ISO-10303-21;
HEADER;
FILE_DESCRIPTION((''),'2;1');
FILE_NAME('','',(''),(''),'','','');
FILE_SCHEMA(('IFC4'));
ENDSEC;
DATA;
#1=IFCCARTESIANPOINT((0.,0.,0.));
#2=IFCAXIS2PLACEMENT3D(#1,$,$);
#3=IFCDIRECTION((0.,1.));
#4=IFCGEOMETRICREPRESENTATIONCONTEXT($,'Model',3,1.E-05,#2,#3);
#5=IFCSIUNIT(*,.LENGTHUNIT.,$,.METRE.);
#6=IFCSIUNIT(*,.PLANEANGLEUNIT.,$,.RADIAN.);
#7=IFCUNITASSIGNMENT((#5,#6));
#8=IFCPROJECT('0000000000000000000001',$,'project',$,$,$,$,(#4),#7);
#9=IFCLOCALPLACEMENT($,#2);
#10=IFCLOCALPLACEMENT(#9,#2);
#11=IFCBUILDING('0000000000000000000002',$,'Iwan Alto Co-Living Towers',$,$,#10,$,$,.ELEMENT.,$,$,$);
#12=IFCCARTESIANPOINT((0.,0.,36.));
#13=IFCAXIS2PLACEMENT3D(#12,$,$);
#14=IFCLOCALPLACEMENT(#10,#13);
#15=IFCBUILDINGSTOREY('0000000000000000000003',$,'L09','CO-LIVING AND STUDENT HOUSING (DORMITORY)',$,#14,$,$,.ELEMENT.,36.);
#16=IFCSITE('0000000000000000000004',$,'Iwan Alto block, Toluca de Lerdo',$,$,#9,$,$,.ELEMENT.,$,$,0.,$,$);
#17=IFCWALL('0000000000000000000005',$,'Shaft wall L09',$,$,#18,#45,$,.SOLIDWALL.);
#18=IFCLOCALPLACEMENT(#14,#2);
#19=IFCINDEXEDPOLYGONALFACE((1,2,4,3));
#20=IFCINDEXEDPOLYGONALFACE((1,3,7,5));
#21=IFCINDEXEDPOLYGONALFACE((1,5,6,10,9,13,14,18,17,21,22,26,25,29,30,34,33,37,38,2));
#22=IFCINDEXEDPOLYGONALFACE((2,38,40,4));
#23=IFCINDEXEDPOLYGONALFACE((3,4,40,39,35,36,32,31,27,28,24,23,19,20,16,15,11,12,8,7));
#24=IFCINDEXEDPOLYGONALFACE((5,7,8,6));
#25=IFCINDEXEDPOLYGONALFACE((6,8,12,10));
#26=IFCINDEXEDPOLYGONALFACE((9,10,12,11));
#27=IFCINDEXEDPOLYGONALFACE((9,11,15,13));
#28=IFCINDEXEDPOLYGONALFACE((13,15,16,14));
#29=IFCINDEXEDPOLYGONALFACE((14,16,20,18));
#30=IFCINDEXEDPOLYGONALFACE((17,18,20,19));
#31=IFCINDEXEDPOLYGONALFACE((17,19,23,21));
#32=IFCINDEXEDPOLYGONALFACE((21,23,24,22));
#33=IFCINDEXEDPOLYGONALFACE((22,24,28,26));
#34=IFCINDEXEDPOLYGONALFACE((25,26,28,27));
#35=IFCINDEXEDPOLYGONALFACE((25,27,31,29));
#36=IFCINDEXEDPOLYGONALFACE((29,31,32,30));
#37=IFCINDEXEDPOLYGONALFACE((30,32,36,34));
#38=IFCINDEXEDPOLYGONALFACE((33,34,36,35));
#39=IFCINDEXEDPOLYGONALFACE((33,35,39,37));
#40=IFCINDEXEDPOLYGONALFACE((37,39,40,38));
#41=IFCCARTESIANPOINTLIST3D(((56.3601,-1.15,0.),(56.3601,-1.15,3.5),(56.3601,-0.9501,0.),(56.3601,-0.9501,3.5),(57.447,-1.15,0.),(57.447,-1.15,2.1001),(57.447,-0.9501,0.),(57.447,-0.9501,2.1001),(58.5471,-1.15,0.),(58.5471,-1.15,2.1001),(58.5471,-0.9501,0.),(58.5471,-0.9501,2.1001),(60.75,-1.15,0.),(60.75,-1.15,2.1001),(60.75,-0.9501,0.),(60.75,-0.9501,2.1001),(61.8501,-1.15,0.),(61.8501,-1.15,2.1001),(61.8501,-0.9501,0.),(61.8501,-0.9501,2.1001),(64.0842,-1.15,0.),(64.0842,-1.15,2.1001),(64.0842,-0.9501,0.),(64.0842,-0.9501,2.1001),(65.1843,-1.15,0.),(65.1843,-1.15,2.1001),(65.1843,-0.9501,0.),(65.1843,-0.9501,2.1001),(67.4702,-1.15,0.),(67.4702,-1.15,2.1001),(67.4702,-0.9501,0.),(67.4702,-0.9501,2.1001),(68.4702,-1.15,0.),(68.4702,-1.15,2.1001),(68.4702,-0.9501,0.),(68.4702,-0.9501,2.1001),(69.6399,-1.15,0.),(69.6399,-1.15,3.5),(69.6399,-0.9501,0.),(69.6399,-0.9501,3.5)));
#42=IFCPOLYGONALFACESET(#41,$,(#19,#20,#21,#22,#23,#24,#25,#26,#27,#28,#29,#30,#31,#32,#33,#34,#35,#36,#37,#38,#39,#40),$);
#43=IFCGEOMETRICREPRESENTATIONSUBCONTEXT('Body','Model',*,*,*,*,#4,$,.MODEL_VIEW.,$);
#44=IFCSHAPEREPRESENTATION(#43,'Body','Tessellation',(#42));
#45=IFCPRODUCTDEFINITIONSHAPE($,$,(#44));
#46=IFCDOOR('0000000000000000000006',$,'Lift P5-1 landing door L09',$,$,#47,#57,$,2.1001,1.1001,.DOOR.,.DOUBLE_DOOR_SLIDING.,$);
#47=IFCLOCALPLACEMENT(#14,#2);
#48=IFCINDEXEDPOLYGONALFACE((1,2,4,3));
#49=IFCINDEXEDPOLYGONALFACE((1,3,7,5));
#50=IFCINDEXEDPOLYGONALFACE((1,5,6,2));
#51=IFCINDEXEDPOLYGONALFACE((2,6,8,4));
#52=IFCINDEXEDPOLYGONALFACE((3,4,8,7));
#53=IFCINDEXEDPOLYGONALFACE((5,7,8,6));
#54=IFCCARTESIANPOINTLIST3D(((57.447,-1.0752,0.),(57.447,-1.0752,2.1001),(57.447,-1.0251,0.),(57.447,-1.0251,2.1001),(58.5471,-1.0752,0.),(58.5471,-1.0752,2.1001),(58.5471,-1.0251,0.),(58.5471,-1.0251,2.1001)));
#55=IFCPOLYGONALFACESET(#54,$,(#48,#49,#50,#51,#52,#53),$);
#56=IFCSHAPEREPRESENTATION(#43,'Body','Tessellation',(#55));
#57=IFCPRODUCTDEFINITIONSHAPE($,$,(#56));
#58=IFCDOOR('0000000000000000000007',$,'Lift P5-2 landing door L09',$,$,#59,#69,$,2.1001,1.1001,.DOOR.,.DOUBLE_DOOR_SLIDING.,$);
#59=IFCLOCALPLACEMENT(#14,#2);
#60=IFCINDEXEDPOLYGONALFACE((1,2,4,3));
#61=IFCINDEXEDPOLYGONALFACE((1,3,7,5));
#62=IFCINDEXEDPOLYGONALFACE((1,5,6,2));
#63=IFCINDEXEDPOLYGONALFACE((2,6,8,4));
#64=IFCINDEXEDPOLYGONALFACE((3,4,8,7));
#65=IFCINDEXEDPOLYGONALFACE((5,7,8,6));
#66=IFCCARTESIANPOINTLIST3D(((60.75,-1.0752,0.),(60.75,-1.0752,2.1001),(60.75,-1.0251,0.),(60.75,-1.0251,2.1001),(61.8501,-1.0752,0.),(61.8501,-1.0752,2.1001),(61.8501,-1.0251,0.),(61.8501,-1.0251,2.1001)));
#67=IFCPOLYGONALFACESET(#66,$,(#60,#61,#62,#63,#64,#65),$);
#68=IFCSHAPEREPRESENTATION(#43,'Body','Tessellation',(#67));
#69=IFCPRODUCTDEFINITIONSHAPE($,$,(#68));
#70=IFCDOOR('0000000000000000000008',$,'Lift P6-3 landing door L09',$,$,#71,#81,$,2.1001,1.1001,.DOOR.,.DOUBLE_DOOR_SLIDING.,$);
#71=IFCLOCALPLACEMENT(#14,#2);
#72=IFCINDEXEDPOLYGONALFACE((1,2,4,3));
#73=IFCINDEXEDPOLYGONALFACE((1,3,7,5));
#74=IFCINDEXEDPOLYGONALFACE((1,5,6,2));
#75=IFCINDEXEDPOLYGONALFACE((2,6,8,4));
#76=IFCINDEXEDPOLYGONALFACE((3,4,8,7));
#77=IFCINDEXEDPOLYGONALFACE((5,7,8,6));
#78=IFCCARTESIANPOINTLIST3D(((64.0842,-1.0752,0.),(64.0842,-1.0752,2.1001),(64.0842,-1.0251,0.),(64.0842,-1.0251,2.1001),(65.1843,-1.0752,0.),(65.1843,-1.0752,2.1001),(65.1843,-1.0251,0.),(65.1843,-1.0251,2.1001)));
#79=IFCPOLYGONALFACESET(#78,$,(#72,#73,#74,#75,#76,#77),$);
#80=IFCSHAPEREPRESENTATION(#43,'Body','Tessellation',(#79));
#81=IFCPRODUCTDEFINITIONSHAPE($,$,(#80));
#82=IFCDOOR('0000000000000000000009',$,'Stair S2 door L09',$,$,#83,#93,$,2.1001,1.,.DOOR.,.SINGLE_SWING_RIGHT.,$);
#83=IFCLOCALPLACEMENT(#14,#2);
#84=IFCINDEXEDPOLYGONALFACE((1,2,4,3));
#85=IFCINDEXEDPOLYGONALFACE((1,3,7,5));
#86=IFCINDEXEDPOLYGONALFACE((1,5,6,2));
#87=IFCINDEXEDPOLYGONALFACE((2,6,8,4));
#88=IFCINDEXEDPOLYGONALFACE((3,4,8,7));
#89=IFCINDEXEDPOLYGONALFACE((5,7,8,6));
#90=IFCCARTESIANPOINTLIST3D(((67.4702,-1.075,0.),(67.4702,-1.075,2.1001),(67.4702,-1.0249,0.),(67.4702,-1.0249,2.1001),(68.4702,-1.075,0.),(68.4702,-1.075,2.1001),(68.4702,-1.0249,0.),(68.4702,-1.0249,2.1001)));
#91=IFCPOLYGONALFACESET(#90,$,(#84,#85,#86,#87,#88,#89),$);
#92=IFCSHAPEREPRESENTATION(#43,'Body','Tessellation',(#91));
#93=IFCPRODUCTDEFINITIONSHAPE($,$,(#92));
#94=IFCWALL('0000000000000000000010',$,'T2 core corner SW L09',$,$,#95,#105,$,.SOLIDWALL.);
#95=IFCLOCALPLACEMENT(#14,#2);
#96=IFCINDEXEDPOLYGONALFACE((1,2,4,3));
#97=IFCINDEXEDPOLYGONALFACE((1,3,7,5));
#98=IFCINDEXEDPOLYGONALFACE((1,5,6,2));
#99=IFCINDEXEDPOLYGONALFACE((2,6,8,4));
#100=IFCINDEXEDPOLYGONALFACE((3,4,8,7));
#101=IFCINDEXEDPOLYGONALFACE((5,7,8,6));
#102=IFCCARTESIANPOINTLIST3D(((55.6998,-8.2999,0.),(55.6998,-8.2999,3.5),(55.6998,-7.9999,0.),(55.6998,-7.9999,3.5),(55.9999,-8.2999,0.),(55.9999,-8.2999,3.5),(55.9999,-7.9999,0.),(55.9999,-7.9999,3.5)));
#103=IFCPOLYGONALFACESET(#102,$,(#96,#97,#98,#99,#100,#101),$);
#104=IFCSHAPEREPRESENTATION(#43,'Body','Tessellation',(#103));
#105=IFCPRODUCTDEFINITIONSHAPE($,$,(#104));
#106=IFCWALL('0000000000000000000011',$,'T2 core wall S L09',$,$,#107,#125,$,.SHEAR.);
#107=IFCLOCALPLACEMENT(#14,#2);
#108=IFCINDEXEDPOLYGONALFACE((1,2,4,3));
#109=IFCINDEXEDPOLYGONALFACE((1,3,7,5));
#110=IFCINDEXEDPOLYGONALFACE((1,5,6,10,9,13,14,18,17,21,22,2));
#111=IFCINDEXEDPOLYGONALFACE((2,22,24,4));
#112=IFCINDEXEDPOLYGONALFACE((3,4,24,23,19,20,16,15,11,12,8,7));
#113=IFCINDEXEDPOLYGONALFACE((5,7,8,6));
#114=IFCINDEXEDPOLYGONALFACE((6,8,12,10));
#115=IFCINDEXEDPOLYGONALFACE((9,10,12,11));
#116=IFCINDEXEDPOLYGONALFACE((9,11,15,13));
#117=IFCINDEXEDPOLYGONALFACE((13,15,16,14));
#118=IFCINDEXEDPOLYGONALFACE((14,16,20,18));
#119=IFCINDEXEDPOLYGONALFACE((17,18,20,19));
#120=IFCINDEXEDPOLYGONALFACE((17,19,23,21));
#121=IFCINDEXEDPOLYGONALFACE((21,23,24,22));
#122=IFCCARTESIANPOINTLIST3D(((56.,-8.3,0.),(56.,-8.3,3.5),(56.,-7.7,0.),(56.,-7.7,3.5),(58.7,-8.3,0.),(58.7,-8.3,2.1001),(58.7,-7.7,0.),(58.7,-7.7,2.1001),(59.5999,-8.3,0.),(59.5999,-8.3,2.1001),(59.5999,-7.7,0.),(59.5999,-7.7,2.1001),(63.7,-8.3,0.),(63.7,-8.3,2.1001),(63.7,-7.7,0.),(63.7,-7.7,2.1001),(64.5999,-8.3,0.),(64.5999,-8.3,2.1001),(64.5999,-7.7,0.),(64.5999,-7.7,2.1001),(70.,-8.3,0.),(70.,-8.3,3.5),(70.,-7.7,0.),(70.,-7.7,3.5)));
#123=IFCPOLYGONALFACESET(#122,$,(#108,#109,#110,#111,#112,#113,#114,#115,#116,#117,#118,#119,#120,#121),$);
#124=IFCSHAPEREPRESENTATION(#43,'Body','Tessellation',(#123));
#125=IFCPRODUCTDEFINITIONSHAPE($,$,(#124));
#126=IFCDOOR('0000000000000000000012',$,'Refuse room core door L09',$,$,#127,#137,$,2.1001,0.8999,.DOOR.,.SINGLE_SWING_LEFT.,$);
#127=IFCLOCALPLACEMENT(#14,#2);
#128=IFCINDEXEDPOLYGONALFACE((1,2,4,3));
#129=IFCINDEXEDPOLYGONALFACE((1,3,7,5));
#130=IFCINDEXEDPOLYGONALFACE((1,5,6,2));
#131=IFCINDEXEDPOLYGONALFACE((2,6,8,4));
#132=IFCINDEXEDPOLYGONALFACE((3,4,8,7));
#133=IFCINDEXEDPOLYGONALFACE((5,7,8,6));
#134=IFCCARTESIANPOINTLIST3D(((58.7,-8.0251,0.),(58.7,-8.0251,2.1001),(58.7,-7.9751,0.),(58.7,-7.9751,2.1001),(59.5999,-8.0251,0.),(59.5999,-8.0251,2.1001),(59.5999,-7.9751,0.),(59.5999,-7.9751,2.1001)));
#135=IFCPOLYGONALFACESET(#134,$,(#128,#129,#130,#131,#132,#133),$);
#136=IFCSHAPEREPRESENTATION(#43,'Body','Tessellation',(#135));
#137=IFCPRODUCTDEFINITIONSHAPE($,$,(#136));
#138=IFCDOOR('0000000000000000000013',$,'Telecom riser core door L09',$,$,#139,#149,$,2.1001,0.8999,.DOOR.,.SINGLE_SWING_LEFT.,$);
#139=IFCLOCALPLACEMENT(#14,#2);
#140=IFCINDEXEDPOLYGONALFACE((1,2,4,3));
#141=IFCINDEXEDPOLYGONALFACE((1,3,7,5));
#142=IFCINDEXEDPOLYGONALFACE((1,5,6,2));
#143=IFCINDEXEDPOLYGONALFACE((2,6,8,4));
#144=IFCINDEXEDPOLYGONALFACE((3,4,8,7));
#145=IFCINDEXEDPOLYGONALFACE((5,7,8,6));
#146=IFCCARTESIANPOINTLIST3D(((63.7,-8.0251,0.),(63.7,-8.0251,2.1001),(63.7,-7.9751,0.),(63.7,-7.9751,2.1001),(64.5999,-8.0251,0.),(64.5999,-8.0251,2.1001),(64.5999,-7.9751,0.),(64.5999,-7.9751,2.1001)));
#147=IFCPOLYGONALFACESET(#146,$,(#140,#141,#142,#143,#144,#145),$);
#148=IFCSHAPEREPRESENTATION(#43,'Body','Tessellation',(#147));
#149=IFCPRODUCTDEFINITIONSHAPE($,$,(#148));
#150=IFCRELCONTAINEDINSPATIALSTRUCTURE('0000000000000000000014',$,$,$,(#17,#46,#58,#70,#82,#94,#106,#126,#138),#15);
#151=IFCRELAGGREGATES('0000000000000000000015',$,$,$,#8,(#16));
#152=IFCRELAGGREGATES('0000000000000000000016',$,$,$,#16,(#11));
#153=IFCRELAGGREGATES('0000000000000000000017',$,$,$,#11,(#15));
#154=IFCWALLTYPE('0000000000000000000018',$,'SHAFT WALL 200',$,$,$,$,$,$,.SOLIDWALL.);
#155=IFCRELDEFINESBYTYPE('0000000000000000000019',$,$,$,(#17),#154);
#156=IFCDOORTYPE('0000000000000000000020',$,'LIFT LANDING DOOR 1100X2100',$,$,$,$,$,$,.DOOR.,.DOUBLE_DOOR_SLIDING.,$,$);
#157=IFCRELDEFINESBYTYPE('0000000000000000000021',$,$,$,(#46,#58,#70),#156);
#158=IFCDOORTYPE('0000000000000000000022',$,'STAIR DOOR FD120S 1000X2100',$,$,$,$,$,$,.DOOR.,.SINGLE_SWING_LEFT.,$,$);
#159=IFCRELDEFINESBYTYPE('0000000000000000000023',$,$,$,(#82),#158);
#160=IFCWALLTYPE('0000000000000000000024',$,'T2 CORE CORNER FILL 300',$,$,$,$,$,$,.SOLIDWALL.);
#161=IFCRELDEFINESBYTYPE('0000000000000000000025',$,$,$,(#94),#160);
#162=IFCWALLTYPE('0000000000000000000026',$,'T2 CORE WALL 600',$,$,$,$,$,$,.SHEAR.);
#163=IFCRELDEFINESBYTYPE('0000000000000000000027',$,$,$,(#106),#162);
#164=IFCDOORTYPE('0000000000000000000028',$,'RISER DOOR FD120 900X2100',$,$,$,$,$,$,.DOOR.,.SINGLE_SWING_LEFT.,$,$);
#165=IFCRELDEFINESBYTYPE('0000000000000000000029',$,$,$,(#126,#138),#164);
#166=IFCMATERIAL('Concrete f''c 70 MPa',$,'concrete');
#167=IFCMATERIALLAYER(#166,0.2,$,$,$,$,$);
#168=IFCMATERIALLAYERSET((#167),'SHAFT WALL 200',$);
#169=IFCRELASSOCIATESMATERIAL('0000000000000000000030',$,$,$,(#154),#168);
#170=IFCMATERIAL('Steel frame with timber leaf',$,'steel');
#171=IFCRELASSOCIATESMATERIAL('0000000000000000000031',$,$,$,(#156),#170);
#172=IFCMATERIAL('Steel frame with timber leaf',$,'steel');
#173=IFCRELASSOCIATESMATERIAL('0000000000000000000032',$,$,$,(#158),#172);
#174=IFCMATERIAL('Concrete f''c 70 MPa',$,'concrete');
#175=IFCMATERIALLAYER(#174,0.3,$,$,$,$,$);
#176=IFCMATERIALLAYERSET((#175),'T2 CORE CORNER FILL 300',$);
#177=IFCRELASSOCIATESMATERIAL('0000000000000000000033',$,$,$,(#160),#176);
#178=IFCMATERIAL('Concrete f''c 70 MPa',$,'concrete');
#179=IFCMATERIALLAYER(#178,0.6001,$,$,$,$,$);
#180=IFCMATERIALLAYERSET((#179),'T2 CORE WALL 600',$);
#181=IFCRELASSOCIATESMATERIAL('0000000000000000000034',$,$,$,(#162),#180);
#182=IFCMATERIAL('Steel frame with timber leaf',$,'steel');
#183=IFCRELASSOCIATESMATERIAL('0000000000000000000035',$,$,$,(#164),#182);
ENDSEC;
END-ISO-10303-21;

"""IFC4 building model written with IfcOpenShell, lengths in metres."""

from ifc_helpers import new_model, si_unit, direction, frame, frame_2d, origin, place, context, subcontext, project, spatial, rectangle, extrude, material, layer, layer_set, type_object, element, fill, save


model = new_model("IFC4")

# Units and contexts
model_context = context("Model", 3, precision=1e-05, world=origin(), true_north=direction((0.0, 1.0)))
body_context = subcontext(model_context, "Body", "Model", "MODEL_VIEW")
ifc_project = project(units=[si_unit("LENGTHUNIT", "METRE"), si_unit("PLANEANGLEUNIT", "RADIAN")], contexts=[model_context])

# Site, building, storey
site_placement = place(None, origin())
site = spatial("IfcSite", under=ifc_project, at=site_placement, Name="Iwan Alto block, Toluca de Lerdo", CompositionType="ELEMENT", RefElevation=0.0)
building_placement = place(site_placement, origin())
building = spatial("IfcBuilding", under=site, at=building_placement, Name="Iwan Alto Co-Living Towers", CompositionType="ELEMENT")
storey_placement = place(building_placement, frame((0.0, 0.0, 36.0)))
storey = spatial("IfcBuildingStorey", under=building, at=storey_placement, Name="L09", Description="CO-LIVING AND STUDENT HOUSING (DORMITORY)", CompositionType="ELEMENT", Elevation=36.0)

# Shared definitions
ifc_material_1 = material(Name="Concrete f'c 70 MPa", Category="concrete")
ifc_layer_1 = layer(ifc_material_1, 0.2)
ifc_layer_set_1 = layer_set([ifc_layer_1], Name="SHAFT WALL 200")
wall_type_1 = type_object("IfcWallType", Name="SHAFT WALL 200", PredefinedType="SOLIDWALL", material=ifc_layer_set_1)

# Wall, openings, doors
wall_1_placement = place(storey_placement, frame((56.3601, -1.05, 0.0), z_axis=(0.0, 0.0, 1.0), x_axis=(1.0, 0.0, 0.0)))
wall_1 = element("IfcWall", 1, at=wall_1_placement, inside=storey, type_object=wall_type_1, Name="Shaft wall L09", PredefinedType="SOLIDWALL", context=body_context, shape_type="SweptSolid", body=[
    extrude(rectangle(XDim=13.2798, YDim=0.2, at=frame_2d((6.6399, 0.0))), origin(), (0.0, 0.0, 1.0), 3.5),
])
opening_1_placement = place(wall_1_placement, frame((11.1101, 0.0, 0.0)))
opening_1 = element("IfcOpeningElement", 2, at=opening_1_placement, cuts=wall_1, PredefinedType="OPENING", context=body_context, shape_type="SweptSolid", body=[
    extrude(rectangle(XDim=1.0, YDim=2.1001, at=frame_2d((0.5, 1.05))), frame((0.0, 0.1099, 0.0), z_axis=(0.0, -1.0, 0.0), x_axis=(1.0, 0.0, 0.0)), (0.0, 0.0, 1.0), 0.22),
])
opening_2_placement = place(wall_1_placement, frame((1.0869, 0.0, 0.0)))
opening_2 = element("IfcOpeningElement", 3, at=opening_2_placement, cuts=wall_1, PredefinedType="OPENING", context=body_context, shape_type="SweptSolid", body=[
    extrude(rectangle(XDim=1.1001, YDim=2.1001, at=frame_2d((0.55, 1.05))), frame((0.0, 0.1099, 0.0), z_axis=(0.0, -1.0, 0.0), x_axis=(1.0, 0.0, 0.0)), (0.0, 0.0, 1.0), 0.22),
])
opening_3_placement = place(wall_1_placement, frame((4.3899, 0.0, 0.0)))
opening_3 = element("IfcOpeningElement", 4, at=opening_3_placement, cuts=wall_1, PredefinedType="OPENING", context=body_context, shape_type="SweptSolid", body=[
    extrude(rectangle(XDim=1.1001, YDim=2.1001, at=frame_2d((0.55, 1.05))), frame((0.0, 0.1099, 0.0), z_axis=(0.0, -1.0, 0.0), x_axis=(1.0, 0.0, 0.0)), (0.0, 0.0, 1.0), 0.22),
])
opening_4_placement = place(wall_1_placement, frame((7.7241, 0.0, 0.0)))
opening_4 = element("IfcOpeningElement", 5, at=opening_4_placement, cuts=wall_1, PredefinedType="OPENING", context=body_context, shape_type="SweptSolid", body=[
    extrude(rectangle(XDim=1.1001, YDim=2.1001, at=frame_2d((0.55, 1.05))), frame((0.0, 0.1099, 0.0), z_axis=(0.0, -1.0, 0.0), x_axis=(1.0, 0.0, 0.0)), (0.0, 0.0, 1.0), 0.22),
])
ifc_material_2 = material(Name="Steel frame with timber leaf", Category="steel")
door_type_1 = type_object("IfcDoorType", Name="LIFT LANDING DOOR 1100X2100", OperationType="DOUBLE_DOOR_SLIDING", PredefinedType="DOOR", material=ifc_material_2)
door_1_placement = place(opening_2_placement, origin())
door_1 = element("IfcDoor", 6, at=door_1_placement, inside=storey, type_object=door_type_1, Name="Lift P5-1 landing door L09", OperationType="DOUBLE_DOOR_SLIDING", OverallHeight=2.1001, OverallWidth=1.1001, PredefinedType="DOOR", context=body_context, shape_type="SweptSolid", body=[
    extrude(rectangle(XDim=1.1001, YDim=2.1001, at=frame_2d((0.55, 1.05))), frame((0.0, 0.0249, 0.0), z_axis=(0.0, -1.0, 0.0), x_axis=(1.0, 0.0, 0.0)), (0.0, 0.0, 1.0), 0.05),
])
fill(opening_2, door_1)
door_2_placement = place(opening_3_placement, origin())
door_2 = element("IfcDoor", 7, at=door_2_placement, inside=storey, type_object=door_type_1, Name="Lift P5-2 landing door L09", OperationType="DOUBLE_DOOR_SLIDING", OverallHeight=2.1001, OverallWidth=1.1001, PredefinedType="DOOR", context=body_context, shape_type="SweptSolid", body=[
    extrude(rectangle(XDim=1.1001, YDim=2.1001, at=frame_2d((0.55, 1.05))), frame((0.0, 0.0249, 0.0), z_axis=(0.0, -1.0, 0.0), x_axis=(1.0, 0.0, 0.0)), (0.0, 0.0, 1.0), 0.05),
])
fill(opening_3, door_2)
door_3_placement = place(opening_4_placement, origin())
door_3 = element("IfcDoor", 8, at=door_3_placement, inside=storey, type_object=door_type_1, Name="Lift P6-3 landing door L09", OperationType="DOUBLE_DOOR_SLIDING", OverallHeight=2.1001, OverallWidth=1.1001, PredefinedType="DOOR", context=body_context, shape_type="SweptSolid", body=[
    extrude(rectangle(XDim=1.1001, YDim=2.1001, at=frame_2d((0.55, 1.05))), frame((0.0, 0.0249, 0.0), z_axis=(0.0, -1.0, 0.0), x_axis=(1.0, 0.0, 0.0)), (0.0, 0.0, 1.0), 0.05),
])
fill(opening_4, door_3)
ifc_material_3 = material(Name="Steel frame with timber leaf", Category="steel")
door_type_2 = type_object("IfcDoorType", Name="STAIR DOOR FD120S 1000X2100", OperationType="SINGLE_SWING_LEFT", PredefinedType="DOOR", material=ifc_material_3)
door_4_placement = place(opening_1_placement, frame((1.0, 0.0, 0.0), z_axis=(0.0, 0.0, 1.0), x_axis=(-1.0, 0.0, 0.0)))
door_4 = element("IfcDoor", 9, at=door_4_placement, inside=storey, type_object=door_type_2, Name="Stair S2 door L09", OperationType="SINGLE_SWING_RIGHT", OverallHeight=2.1001, OverallWidth=1.0, PredefinedType="DOOR", context=body_context, shape_type="SweptSolid", body=[
    extrude(rectangle(XDim=1.0, YDim=2.1001, at=frame_2d((0.5, 1.05))), frame((0.0, 0.0249, 0.0), z_axis=(0.0, -1.0, 0.0), x_axis=(1.0, 0.0, 0.0)), (0.0, 0.0, 1.0), 0.05),
])
fill(opening_1, door_4)

# Wall
ifc_material_4 = material(Name="Concrete f'c 70 MPa", Category="concrete")
ifc_layer_2 = layer(ifc_material_4, 0.3)
ifc_layer_set_2 = layer_set([ifc_layer_2], Name="T2 CORE CORNER FILL 300")
wall_type_2 = type_object("IfcWallType", Name="T2 CORE CORNER FILL 300", PredefinedType="SOLIDWALL", material=ifc_layer_set_2)
wall_2_placement = place(storey_placement, frame((55.7, -8.1499, 0.0), z_axis=(0.0, 0.0, 1.0), x_axis=(1.0, 0.0, 0.0)))
element("IfcWall", 10, at=wall_2_placement, inside=storey, type_object=wall_type_2, Name="T2 core corner SW L09", PredefinedType="SOLIDWALL", context=body_context, shape_type="SweptSolid", body=[
    extrude(rectangle(XDim=0.3, YDim=0.3, at=frame_2d((0.1499, 0.0))), origin(), (0.0, 0.0, 1.0), 3.5),
])

# Wall, openings, doors
ifc_material_5 = material(Name="Concrete f'c 70 MPa", Category="concrete")
ifc_layer_3 = layer(ifc_material_5, 0.6001)
ifc_layer_set_3 = layer_set([ifc_layer_3], Name="T2 CORE WALL 600")
wall_type_3 = type_object("IfcWallType", Name="T2 CORE WALL 600", PredefinedType="SHEAR", material=ifc_layer_set_3)
wall_3_placement = place(storey_placement, frame((56.0, -8.0, 0.0), z_axis=(0.0, 0.0, 1.0), x_axis=(1.0, 0.0, 0.0)))
wall_3 = element("IfcWall", 11, at=wall_3_placement, inside=storey, type_object=wall_type_3, Name="T2 core wall S L09", PredefinedType="SHEAR", context=body_context, shape_type="SweptSolid", body=[
    extrude(rectangle(XDim=14.0, YDim=0.6001, at=frame_2d((7.0, 0.0))), origin(), (0.0, 0.0, 1.0), 3.5),
])
opening_5_placement = place(wall_3_placement, frame((2.7, 0.0, 0.0)))
opening_5 = element("IfcOpeningElement", 12, at=opening_5_placement, cuts=wall_3, PredefinedType="OPENING", context=body_context, shape_type="SweptSolid", body=[
    extrude(rectangle(XDim=0.8999, YDim=2.1001, at=frame_2d((0.45, 1.05))), frame((0.0, 0.3101, 0.0), z_axis=(0.0, -1.0, 0.0), x_axis=(1.0, 0.0, 0.0)), (0.0, 0.0, 1.0), 0.6201),
])
opening_6_placement = place(wall_3_placement, frame((7.7, 0.0, 0.0)))
opening_6 = element("IfcOpeningElement", 13, at=opening_6_placement, cuts=wall_3, PredefinedType="OPENING", context=body_context, shape_type="SweptSolid", body=[
    extrude(rectangle(XDim=0.8999, YDim=2.1001, at=frame_2d((0.45, 1.05))), frame((0.0, 0.3101, 0.0), z_axis=(0.0, -1.0, 0.0), x_axis=(1.0, 0.0, 0.0)), (0.0, 0.0, 1.0), 0.6201),
])
ifc_material_6 = material(Name="Steel frame with timber leaf", Category="steel")
door_type_3 = type_object("IfcDoorType", Name="RISER DOOR FD120 900X2100", OperationType="SINGLE_SWING_LEFT", PredefinedType="DOOR", material=ifc_material_6)
door_5_placement = place(opening_5_placement, origin())
door_5 = element("IfcDoor", 14, at=door_5_placement, inside=storey, type_object=door_type_3, Name="Refuse room core door L09", OperationType="SINGLE_SWING_LEFT", OverallHeight=2.1001, OverallWidth=0.8999, PredefinedType="DOOR", context=body_context, shape_type="SweptSolid", body=[
    extrude(rectangle(XDim=0.8999, YDim=2.1001, at=frame_2d((0.45, 1.05))), frame((0.0, 0.0249, 0.0), z_axis=(0.0, -1.0, 0.0), x_axis=(1.0, 0.0, 0.0)), (0.0, 0.0, 1.0), 0.05),
])
fill(opening_5, door_5)
door_6_placement = place(opening_6_placement, origin())
door_6 = element("IfcDoor", 15, at=door_6_placement, inside=storey, type_object=door_type_3, Name="Telecom riser core door L09", OperationType="SINGLE_SWING_LEFT", OverallHeight=2.1001, OverallWidth=0.8999, PredefinedType="DOOR", context=body_context, shape_type="SweptSolid", body=[
    extrude(rectangle(XDim=0.8999, YDim=2.1001, at=frame_2d((0.45, 1.05))), frame((0.0, 0.0249, 0.0), z_axis=(0.0, -1.0, 0.0), x_axis=(1.0, 0.0, 0.0)), (0.0, 0.0, 1.0), 0.05),
])
fill(opening_6, door_6)

save(model, "model.ifc")
